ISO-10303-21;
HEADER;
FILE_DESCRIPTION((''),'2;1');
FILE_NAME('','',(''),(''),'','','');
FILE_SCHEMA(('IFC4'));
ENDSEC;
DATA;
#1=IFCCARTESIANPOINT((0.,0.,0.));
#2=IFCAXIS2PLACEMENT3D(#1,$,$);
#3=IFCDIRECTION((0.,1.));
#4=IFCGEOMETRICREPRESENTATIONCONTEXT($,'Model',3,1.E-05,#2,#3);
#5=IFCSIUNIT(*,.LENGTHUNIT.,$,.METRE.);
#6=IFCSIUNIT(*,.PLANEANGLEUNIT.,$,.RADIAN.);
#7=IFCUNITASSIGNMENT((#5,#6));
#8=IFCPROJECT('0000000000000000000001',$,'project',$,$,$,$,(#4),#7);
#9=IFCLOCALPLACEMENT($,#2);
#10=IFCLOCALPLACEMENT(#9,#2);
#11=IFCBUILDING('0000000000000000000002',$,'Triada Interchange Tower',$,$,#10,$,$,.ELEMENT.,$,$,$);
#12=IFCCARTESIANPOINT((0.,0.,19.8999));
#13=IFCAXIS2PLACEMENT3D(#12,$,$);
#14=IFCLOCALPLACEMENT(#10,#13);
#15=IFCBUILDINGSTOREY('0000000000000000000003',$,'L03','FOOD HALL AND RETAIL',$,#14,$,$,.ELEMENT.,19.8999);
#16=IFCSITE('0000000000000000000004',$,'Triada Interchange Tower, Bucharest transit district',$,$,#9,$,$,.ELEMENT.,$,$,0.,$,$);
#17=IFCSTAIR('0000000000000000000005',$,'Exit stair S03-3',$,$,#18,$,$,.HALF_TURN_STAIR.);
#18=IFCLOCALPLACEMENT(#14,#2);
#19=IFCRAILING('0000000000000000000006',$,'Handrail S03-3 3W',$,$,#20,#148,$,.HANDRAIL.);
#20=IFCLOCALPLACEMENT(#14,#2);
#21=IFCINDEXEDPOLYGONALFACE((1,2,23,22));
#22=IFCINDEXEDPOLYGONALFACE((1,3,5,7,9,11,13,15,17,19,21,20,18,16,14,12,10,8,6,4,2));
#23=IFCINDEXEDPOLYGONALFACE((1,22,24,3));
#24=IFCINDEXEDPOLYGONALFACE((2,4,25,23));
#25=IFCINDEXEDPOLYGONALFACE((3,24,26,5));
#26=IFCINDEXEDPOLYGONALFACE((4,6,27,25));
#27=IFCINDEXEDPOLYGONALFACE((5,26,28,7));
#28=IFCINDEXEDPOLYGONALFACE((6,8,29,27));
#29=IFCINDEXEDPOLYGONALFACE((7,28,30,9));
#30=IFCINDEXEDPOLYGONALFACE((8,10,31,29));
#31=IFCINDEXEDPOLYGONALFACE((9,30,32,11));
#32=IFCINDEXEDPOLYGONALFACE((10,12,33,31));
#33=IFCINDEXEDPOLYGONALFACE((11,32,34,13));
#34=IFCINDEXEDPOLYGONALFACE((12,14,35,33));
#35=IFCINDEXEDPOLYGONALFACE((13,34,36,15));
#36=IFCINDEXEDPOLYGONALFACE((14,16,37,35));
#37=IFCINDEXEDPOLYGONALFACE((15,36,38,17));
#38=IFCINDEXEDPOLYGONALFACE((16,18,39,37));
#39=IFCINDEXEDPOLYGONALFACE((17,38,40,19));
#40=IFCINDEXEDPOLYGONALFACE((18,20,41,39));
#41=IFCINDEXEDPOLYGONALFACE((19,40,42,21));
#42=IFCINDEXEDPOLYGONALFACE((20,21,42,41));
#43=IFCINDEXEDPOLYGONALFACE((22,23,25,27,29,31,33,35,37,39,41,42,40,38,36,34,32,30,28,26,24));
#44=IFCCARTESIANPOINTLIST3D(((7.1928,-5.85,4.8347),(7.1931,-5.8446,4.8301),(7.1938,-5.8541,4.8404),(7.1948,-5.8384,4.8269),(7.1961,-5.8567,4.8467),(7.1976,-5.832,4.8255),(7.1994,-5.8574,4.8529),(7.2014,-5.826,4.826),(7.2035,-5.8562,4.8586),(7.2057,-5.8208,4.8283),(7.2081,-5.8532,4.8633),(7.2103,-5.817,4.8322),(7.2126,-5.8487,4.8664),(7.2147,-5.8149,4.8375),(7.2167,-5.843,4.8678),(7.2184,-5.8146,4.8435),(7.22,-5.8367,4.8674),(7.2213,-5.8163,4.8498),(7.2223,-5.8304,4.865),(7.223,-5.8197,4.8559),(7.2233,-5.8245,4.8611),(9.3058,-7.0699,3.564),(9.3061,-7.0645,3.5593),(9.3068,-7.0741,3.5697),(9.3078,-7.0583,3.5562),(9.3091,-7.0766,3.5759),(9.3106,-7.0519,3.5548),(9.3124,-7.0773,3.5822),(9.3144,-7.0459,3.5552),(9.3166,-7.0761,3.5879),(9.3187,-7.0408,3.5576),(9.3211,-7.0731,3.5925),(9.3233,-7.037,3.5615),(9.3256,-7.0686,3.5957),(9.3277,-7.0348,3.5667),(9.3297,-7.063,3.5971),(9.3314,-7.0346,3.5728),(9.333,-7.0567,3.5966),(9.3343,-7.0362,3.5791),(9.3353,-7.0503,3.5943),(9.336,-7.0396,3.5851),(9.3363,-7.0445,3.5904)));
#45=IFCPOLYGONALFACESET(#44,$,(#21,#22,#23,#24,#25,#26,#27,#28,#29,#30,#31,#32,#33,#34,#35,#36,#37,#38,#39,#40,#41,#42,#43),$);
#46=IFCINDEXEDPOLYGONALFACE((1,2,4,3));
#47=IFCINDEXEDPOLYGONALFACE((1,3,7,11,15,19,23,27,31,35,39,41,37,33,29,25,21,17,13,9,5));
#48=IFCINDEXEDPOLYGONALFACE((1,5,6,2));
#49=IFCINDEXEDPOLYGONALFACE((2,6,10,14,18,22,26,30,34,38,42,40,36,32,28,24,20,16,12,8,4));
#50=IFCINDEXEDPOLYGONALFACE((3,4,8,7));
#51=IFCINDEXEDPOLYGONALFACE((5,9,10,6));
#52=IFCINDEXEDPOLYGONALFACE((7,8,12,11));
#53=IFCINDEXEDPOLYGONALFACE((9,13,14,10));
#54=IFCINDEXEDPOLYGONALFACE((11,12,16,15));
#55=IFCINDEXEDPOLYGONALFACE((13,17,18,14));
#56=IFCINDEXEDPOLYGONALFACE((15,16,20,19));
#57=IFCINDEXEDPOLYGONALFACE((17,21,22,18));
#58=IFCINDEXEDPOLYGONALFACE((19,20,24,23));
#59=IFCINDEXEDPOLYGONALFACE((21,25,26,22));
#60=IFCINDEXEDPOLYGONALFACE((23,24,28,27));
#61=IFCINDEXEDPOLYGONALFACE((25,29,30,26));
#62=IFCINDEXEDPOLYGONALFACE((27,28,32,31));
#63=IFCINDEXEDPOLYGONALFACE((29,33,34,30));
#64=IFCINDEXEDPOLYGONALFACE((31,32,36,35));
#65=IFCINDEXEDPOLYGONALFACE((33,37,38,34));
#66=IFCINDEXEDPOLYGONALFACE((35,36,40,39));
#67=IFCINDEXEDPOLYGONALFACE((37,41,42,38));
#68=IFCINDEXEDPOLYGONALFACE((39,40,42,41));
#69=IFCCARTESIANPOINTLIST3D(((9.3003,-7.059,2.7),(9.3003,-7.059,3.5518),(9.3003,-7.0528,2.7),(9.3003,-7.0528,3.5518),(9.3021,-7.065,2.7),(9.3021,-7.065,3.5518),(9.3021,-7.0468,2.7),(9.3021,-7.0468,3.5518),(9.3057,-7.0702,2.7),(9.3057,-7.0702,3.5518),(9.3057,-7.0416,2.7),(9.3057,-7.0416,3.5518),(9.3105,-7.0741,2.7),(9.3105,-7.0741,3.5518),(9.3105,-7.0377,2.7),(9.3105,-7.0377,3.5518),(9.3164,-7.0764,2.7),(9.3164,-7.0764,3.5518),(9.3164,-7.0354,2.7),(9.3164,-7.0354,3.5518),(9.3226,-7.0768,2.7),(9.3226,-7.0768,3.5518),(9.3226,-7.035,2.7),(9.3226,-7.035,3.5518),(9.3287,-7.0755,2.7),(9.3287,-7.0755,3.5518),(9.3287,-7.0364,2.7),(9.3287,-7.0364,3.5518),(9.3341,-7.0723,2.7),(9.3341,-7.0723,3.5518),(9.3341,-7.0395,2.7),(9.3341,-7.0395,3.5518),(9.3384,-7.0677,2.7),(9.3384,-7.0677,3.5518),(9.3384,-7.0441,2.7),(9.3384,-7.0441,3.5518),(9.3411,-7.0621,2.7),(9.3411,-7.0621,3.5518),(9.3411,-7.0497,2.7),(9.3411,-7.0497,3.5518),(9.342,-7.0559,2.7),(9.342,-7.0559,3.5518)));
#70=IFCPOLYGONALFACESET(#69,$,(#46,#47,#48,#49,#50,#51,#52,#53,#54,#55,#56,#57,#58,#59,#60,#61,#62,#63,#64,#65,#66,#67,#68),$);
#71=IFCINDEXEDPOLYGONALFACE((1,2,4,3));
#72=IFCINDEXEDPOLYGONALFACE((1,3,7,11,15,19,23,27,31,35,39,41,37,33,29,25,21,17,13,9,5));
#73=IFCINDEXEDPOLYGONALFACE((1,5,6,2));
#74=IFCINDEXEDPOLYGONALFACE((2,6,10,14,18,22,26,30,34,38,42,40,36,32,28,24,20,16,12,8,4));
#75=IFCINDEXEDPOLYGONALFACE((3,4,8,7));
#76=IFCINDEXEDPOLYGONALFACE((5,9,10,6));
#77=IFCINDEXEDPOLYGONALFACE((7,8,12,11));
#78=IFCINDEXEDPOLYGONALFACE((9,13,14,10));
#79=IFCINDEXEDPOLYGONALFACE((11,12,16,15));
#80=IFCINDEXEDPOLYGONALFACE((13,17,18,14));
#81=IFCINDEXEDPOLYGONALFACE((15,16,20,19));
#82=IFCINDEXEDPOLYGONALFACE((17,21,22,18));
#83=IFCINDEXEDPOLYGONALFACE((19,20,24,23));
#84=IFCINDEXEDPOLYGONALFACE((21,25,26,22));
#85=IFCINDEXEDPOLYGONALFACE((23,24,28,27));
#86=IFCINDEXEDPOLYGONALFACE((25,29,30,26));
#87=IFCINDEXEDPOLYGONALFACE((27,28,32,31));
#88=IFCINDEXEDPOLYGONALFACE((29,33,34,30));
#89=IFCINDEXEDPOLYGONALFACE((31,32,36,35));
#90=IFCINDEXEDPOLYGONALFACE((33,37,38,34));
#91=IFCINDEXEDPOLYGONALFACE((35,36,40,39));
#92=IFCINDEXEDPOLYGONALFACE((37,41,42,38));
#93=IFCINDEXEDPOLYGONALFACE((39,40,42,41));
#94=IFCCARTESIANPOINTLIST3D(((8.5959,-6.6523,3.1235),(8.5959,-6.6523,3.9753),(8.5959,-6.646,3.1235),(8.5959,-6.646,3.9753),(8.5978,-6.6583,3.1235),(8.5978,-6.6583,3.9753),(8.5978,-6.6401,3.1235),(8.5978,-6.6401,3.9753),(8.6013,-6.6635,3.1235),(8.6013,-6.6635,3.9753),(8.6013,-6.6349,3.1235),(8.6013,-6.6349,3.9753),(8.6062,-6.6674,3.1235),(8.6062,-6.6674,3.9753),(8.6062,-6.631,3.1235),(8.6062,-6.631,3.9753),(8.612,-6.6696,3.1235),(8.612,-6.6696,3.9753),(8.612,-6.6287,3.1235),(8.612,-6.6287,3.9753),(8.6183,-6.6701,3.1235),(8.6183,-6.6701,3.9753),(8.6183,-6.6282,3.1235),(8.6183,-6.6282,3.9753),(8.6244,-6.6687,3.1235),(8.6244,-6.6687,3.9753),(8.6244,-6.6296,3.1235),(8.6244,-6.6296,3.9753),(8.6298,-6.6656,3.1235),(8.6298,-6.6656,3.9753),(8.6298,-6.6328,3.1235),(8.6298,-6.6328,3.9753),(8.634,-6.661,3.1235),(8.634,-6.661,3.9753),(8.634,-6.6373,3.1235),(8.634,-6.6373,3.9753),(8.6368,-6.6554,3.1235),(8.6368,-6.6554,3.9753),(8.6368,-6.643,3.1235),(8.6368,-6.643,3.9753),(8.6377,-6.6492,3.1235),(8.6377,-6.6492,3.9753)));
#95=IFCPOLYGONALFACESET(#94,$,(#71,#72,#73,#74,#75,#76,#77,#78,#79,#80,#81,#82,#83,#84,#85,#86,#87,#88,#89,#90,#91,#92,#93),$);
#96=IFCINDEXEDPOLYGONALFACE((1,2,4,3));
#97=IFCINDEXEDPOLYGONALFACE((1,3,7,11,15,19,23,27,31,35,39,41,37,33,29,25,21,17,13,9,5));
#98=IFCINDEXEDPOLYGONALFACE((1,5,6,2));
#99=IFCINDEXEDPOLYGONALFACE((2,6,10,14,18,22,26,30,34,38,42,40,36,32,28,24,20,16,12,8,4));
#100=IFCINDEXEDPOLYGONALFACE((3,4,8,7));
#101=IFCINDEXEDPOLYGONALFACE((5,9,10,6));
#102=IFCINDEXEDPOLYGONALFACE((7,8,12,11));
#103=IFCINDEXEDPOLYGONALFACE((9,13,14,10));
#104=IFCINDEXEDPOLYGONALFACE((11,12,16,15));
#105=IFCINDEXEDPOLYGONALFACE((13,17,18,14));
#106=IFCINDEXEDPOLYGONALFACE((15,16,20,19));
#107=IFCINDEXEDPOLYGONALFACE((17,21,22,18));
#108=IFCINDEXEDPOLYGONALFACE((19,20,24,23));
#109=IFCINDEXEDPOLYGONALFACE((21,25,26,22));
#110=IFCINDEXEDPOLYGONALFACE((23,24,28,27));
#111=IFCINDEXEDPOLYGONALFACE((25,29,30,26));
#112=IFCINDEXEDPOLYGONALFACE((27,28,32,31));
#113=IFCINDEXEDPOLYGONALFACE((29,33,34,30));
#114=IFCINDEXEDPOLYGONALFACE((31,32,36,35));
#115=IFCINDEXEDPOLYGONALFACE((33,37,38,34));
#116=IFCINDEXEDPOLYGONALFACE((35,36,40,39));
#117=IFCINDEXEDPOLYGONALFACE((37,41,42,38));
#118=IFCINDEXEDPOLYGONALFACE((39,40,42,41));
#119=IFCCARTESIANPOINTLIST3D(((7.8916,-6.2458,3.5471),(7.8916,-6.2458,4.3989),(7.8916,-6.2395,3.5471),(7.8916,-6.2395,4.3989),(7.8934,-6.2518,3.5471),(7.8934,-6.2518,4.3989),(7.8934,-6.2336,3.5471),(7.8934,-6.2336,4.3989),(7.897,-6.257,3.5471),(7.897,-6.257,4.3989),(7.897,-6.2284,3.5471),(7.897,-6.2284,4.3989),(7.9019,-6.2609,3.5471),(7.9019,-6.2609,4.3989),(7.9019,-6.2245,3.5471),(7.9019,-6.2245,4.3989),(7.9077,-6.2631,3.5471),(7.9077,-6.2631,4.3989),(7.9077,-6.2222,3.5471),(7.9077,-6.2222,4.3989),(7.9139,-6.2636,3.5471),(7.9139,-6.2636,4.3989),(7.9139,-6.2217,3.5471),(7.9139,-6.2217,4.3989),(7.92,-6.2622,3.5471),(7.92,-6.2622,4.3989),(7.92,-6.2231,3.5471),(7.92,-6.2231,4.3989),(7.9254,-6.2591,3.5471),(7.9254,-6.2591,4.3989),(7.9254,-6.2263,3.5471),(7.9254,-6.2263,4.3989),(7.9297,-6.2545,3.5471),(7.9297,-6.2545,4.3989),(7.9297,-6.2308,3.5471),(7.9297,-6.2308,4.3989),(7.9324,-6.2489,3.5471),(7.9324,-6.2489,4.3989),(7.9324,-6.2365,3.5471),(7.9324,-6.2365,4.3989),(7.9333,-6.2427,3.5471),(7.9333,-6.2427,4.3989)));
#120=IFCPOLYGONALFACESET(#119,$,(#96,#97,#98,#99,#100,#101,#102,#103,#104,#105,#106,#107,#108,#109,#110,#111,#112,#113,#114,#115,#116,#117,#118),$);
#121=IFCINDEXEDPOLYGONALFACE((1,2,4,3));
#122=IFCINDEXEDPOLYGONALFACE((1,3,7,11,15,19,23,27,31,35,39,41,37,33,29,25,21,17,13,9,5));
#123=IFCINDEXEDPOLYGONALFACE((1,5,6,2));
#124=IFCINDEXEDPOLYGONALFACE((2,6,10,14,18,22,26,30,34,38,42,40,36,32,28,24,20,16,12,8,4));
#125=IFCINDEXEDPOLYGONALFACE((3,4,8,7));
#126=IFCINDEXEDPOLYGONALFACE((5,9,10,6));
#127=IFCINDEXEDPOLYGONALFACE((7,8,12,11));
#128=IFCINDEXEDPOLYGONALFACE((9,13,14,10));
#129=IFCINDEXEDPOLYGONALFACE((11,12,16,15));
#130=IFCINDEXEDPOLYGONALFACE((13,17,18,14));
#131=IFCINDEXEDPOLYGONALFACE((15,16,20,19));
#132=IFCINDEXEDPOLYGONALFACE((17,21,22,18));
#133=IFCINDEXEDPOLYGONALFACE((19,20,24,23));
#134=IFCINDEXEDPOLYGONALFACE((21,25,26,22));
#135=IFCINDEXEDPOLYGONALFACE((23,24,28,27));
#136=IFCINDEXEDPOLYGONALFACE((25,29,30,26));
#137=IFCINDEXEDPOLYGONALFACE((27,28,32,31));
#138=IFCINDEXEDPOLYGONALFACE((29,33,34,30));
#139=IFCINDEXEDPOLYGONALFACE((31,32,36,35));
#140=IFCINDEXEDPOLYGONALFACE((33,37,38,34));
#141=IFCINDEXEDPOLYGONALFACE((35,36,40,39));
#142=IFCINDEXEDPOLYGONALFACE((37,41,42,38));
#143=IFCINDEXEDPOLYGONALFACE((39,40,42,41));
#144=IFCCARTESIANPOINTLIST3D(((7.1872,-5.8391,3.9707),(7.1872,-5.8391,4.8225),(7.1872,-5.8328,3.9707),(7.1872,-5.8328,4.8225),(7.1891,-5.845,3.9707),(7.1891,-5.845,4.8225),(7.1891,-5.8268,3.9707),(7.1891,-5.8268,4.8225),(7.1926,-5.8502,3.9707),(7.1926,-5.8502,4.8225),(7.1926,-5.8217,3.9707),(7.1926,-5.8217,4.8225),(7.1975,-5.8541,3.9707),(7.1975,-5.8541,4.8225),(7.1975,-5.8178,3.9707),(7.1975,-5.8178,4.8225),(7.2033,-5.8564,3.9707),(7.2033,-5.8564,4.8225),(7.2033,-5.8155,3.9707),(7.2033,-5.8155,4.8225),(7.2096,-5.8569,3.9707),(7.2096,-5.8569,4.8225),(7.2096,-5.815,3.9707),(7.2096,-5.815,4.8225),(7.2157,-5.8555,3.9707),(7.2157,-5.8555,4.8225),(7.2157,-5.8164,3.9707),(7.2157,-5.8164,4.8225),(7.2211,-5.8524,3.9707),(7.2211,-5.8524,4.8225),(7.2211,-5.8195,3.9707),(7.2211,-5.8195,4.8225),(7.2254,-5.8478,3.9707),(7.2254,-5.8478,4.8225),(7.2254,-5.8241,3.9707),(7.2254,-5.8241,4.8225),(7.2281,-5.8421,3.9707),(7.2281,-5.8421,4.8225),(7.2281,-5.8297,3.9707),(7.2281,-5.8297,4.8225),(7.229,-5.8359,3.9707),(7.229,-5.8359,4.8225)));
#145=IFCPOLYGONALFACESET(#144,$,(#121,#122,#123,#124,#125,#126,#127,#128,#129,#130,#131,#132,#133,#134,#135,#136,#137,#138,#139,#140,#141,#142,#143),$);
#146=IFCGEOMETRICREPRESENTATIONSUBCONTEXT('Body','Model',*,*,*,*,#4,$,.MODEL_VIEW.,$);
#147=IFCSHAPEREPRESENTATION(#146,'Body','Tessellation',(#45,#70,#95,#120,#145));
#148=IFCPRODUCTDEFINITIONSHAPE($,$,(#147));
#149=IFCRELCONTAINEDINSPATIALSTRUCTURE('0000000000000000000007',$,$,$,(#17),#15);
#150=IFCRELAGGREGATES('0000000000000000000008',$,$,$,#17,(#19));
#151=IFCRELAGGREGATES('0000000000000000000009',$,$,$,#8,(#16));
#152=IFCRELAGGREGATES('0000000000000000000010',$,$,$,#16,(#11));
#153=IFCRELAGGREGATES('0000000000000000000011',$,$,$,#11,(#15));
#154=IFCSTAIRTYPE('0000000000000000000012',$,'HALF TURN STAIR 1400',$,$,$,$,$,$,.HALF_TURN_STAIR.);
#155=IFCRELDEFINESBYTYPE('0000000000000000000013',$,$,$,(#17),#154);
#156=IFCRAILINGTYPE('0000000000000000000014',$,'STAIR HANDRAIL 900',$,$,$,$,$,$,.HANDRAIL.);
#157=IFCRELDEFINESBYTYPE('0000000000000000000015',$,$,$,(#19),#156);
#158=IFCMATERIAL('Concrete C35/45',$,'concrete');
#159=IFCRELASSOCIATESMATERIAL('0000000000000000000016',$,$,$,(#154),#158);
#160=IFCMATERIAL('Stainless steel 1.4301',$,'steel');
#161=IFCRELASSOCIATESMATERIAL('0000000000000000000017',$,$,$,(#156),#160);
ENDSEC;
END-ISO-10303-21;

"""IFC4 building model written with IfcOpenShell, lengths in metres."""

from ifc_helpers import new_model, si_unit, direction, frame, origin, origin_2d, place, context, subcontext, project, spatial, circle, extrude, material, type_object, element, aggregate, save


model = new_model("IFC4")

# Units and contexts
model_context = context("Model", 3, precision=1e-05, world=origin(), true_north=direction((0.0, 1.0)))
body_context = subcontext(model_context, "Body", "Model", "MODEL_VIEW")
ifc_project = project(units=[si_unit("LENGTHUNIT", "METRE"), si_unit("PLANEANGLEUNIT", "RADIAN")], contexts=[model_context])

# Site, building, storey
site_placement = place(None, origin())
site = spatial("IfcSite", under=ifc_project, at=site_placement, Name="Triada Interchange Tower, Bucharest transit district", CompositionType="ELEMENT", RefElevation=0.0)
building_placement = place(site_placement, origin())
building = spatial("IfcBuilding", under=site, at=building_placement, Name="Triada Interchange Tower", CompositionType="ELEMENT")
storey_placement = place(building_placement, frame((0.0, 0.0, 19.8999)))
storey = spatial("IfcBuildingStorey", under=building, at=storey_placement, Name="L03", Description="FOOD HALL AND RETAIL", CompositionType="ELEMENT", Elevation=19.8999)

# Shared definitions
ifc_material_1 = material(Name="Concrete C35/45", Category="concrete")

# Stair, railing
stair_type = type_object("IfcStairType", Name="HALF TURN STAIR 1400", PredefinedType="HALF_TURN_STAIR", material=ifc_material_1)
stair_placement = place(storey_placement, origin())
stair = element("IfcStair", 1, at=stair_placement, inside=storey, type_object=stair_type, Name="Exit stair S03-3", PredefinedType="HALF_TURN_STAIR")
ifc_material_2 = material(Name="Stainless steel 1.4301", Category="steel")
railing_type_1 = type_object("IfcRailingType", Name="STAIR HANDRAIL 900", PredefinedType="HANDRAIL", material=ifc_material_2)
railing_1_placement = place(storey_placement, frame((9.321, -7.0559, 2.7)))
railing_1 = element("IfcRailing", 2, at=railing_1_placement, type_object=railing_type_1, Name="Handrail S03-3 3W", PredefinedType="HANDRAIL", context=body_context, shape_type="SweptSolid", body=[
    extrude(circle(Radius=0.0239, at=origin_2d()), frame((0.0, 0.0, 0.876), z_axis=(-0.768095, 0.443463, 0.461922), x_axis=(-0.500003, -0.866024, 0.0)), (0.0, 0.0, 1.0), 2.751),
    extrude(circle(Radius=0.021, at=origin_2d()), origin(), (0.0, 0.0, 1.0), 0.8518),
    extrude(circle(Radius=0.021, at=origin_2d()), frame((-0.7043, 0.4067, 0.4236)), (0.0, 0.0, 1.0), 0.8518),
    extrude(circle(Radius=0.021, at=origin_2d()), frame((-1.4087, 0.8132, 0.8472)), (0.0, 0.0, 1.0), 0.8518),
    extrude(circle(Radius=0.021, at=origin_2d()), frame((-2.113, 1.22, 1.2708)), (0.0, 0.0, 1.0), 0.8518),
])
aggregate(stair, [railing_1])

save(model, "model.ifc")
